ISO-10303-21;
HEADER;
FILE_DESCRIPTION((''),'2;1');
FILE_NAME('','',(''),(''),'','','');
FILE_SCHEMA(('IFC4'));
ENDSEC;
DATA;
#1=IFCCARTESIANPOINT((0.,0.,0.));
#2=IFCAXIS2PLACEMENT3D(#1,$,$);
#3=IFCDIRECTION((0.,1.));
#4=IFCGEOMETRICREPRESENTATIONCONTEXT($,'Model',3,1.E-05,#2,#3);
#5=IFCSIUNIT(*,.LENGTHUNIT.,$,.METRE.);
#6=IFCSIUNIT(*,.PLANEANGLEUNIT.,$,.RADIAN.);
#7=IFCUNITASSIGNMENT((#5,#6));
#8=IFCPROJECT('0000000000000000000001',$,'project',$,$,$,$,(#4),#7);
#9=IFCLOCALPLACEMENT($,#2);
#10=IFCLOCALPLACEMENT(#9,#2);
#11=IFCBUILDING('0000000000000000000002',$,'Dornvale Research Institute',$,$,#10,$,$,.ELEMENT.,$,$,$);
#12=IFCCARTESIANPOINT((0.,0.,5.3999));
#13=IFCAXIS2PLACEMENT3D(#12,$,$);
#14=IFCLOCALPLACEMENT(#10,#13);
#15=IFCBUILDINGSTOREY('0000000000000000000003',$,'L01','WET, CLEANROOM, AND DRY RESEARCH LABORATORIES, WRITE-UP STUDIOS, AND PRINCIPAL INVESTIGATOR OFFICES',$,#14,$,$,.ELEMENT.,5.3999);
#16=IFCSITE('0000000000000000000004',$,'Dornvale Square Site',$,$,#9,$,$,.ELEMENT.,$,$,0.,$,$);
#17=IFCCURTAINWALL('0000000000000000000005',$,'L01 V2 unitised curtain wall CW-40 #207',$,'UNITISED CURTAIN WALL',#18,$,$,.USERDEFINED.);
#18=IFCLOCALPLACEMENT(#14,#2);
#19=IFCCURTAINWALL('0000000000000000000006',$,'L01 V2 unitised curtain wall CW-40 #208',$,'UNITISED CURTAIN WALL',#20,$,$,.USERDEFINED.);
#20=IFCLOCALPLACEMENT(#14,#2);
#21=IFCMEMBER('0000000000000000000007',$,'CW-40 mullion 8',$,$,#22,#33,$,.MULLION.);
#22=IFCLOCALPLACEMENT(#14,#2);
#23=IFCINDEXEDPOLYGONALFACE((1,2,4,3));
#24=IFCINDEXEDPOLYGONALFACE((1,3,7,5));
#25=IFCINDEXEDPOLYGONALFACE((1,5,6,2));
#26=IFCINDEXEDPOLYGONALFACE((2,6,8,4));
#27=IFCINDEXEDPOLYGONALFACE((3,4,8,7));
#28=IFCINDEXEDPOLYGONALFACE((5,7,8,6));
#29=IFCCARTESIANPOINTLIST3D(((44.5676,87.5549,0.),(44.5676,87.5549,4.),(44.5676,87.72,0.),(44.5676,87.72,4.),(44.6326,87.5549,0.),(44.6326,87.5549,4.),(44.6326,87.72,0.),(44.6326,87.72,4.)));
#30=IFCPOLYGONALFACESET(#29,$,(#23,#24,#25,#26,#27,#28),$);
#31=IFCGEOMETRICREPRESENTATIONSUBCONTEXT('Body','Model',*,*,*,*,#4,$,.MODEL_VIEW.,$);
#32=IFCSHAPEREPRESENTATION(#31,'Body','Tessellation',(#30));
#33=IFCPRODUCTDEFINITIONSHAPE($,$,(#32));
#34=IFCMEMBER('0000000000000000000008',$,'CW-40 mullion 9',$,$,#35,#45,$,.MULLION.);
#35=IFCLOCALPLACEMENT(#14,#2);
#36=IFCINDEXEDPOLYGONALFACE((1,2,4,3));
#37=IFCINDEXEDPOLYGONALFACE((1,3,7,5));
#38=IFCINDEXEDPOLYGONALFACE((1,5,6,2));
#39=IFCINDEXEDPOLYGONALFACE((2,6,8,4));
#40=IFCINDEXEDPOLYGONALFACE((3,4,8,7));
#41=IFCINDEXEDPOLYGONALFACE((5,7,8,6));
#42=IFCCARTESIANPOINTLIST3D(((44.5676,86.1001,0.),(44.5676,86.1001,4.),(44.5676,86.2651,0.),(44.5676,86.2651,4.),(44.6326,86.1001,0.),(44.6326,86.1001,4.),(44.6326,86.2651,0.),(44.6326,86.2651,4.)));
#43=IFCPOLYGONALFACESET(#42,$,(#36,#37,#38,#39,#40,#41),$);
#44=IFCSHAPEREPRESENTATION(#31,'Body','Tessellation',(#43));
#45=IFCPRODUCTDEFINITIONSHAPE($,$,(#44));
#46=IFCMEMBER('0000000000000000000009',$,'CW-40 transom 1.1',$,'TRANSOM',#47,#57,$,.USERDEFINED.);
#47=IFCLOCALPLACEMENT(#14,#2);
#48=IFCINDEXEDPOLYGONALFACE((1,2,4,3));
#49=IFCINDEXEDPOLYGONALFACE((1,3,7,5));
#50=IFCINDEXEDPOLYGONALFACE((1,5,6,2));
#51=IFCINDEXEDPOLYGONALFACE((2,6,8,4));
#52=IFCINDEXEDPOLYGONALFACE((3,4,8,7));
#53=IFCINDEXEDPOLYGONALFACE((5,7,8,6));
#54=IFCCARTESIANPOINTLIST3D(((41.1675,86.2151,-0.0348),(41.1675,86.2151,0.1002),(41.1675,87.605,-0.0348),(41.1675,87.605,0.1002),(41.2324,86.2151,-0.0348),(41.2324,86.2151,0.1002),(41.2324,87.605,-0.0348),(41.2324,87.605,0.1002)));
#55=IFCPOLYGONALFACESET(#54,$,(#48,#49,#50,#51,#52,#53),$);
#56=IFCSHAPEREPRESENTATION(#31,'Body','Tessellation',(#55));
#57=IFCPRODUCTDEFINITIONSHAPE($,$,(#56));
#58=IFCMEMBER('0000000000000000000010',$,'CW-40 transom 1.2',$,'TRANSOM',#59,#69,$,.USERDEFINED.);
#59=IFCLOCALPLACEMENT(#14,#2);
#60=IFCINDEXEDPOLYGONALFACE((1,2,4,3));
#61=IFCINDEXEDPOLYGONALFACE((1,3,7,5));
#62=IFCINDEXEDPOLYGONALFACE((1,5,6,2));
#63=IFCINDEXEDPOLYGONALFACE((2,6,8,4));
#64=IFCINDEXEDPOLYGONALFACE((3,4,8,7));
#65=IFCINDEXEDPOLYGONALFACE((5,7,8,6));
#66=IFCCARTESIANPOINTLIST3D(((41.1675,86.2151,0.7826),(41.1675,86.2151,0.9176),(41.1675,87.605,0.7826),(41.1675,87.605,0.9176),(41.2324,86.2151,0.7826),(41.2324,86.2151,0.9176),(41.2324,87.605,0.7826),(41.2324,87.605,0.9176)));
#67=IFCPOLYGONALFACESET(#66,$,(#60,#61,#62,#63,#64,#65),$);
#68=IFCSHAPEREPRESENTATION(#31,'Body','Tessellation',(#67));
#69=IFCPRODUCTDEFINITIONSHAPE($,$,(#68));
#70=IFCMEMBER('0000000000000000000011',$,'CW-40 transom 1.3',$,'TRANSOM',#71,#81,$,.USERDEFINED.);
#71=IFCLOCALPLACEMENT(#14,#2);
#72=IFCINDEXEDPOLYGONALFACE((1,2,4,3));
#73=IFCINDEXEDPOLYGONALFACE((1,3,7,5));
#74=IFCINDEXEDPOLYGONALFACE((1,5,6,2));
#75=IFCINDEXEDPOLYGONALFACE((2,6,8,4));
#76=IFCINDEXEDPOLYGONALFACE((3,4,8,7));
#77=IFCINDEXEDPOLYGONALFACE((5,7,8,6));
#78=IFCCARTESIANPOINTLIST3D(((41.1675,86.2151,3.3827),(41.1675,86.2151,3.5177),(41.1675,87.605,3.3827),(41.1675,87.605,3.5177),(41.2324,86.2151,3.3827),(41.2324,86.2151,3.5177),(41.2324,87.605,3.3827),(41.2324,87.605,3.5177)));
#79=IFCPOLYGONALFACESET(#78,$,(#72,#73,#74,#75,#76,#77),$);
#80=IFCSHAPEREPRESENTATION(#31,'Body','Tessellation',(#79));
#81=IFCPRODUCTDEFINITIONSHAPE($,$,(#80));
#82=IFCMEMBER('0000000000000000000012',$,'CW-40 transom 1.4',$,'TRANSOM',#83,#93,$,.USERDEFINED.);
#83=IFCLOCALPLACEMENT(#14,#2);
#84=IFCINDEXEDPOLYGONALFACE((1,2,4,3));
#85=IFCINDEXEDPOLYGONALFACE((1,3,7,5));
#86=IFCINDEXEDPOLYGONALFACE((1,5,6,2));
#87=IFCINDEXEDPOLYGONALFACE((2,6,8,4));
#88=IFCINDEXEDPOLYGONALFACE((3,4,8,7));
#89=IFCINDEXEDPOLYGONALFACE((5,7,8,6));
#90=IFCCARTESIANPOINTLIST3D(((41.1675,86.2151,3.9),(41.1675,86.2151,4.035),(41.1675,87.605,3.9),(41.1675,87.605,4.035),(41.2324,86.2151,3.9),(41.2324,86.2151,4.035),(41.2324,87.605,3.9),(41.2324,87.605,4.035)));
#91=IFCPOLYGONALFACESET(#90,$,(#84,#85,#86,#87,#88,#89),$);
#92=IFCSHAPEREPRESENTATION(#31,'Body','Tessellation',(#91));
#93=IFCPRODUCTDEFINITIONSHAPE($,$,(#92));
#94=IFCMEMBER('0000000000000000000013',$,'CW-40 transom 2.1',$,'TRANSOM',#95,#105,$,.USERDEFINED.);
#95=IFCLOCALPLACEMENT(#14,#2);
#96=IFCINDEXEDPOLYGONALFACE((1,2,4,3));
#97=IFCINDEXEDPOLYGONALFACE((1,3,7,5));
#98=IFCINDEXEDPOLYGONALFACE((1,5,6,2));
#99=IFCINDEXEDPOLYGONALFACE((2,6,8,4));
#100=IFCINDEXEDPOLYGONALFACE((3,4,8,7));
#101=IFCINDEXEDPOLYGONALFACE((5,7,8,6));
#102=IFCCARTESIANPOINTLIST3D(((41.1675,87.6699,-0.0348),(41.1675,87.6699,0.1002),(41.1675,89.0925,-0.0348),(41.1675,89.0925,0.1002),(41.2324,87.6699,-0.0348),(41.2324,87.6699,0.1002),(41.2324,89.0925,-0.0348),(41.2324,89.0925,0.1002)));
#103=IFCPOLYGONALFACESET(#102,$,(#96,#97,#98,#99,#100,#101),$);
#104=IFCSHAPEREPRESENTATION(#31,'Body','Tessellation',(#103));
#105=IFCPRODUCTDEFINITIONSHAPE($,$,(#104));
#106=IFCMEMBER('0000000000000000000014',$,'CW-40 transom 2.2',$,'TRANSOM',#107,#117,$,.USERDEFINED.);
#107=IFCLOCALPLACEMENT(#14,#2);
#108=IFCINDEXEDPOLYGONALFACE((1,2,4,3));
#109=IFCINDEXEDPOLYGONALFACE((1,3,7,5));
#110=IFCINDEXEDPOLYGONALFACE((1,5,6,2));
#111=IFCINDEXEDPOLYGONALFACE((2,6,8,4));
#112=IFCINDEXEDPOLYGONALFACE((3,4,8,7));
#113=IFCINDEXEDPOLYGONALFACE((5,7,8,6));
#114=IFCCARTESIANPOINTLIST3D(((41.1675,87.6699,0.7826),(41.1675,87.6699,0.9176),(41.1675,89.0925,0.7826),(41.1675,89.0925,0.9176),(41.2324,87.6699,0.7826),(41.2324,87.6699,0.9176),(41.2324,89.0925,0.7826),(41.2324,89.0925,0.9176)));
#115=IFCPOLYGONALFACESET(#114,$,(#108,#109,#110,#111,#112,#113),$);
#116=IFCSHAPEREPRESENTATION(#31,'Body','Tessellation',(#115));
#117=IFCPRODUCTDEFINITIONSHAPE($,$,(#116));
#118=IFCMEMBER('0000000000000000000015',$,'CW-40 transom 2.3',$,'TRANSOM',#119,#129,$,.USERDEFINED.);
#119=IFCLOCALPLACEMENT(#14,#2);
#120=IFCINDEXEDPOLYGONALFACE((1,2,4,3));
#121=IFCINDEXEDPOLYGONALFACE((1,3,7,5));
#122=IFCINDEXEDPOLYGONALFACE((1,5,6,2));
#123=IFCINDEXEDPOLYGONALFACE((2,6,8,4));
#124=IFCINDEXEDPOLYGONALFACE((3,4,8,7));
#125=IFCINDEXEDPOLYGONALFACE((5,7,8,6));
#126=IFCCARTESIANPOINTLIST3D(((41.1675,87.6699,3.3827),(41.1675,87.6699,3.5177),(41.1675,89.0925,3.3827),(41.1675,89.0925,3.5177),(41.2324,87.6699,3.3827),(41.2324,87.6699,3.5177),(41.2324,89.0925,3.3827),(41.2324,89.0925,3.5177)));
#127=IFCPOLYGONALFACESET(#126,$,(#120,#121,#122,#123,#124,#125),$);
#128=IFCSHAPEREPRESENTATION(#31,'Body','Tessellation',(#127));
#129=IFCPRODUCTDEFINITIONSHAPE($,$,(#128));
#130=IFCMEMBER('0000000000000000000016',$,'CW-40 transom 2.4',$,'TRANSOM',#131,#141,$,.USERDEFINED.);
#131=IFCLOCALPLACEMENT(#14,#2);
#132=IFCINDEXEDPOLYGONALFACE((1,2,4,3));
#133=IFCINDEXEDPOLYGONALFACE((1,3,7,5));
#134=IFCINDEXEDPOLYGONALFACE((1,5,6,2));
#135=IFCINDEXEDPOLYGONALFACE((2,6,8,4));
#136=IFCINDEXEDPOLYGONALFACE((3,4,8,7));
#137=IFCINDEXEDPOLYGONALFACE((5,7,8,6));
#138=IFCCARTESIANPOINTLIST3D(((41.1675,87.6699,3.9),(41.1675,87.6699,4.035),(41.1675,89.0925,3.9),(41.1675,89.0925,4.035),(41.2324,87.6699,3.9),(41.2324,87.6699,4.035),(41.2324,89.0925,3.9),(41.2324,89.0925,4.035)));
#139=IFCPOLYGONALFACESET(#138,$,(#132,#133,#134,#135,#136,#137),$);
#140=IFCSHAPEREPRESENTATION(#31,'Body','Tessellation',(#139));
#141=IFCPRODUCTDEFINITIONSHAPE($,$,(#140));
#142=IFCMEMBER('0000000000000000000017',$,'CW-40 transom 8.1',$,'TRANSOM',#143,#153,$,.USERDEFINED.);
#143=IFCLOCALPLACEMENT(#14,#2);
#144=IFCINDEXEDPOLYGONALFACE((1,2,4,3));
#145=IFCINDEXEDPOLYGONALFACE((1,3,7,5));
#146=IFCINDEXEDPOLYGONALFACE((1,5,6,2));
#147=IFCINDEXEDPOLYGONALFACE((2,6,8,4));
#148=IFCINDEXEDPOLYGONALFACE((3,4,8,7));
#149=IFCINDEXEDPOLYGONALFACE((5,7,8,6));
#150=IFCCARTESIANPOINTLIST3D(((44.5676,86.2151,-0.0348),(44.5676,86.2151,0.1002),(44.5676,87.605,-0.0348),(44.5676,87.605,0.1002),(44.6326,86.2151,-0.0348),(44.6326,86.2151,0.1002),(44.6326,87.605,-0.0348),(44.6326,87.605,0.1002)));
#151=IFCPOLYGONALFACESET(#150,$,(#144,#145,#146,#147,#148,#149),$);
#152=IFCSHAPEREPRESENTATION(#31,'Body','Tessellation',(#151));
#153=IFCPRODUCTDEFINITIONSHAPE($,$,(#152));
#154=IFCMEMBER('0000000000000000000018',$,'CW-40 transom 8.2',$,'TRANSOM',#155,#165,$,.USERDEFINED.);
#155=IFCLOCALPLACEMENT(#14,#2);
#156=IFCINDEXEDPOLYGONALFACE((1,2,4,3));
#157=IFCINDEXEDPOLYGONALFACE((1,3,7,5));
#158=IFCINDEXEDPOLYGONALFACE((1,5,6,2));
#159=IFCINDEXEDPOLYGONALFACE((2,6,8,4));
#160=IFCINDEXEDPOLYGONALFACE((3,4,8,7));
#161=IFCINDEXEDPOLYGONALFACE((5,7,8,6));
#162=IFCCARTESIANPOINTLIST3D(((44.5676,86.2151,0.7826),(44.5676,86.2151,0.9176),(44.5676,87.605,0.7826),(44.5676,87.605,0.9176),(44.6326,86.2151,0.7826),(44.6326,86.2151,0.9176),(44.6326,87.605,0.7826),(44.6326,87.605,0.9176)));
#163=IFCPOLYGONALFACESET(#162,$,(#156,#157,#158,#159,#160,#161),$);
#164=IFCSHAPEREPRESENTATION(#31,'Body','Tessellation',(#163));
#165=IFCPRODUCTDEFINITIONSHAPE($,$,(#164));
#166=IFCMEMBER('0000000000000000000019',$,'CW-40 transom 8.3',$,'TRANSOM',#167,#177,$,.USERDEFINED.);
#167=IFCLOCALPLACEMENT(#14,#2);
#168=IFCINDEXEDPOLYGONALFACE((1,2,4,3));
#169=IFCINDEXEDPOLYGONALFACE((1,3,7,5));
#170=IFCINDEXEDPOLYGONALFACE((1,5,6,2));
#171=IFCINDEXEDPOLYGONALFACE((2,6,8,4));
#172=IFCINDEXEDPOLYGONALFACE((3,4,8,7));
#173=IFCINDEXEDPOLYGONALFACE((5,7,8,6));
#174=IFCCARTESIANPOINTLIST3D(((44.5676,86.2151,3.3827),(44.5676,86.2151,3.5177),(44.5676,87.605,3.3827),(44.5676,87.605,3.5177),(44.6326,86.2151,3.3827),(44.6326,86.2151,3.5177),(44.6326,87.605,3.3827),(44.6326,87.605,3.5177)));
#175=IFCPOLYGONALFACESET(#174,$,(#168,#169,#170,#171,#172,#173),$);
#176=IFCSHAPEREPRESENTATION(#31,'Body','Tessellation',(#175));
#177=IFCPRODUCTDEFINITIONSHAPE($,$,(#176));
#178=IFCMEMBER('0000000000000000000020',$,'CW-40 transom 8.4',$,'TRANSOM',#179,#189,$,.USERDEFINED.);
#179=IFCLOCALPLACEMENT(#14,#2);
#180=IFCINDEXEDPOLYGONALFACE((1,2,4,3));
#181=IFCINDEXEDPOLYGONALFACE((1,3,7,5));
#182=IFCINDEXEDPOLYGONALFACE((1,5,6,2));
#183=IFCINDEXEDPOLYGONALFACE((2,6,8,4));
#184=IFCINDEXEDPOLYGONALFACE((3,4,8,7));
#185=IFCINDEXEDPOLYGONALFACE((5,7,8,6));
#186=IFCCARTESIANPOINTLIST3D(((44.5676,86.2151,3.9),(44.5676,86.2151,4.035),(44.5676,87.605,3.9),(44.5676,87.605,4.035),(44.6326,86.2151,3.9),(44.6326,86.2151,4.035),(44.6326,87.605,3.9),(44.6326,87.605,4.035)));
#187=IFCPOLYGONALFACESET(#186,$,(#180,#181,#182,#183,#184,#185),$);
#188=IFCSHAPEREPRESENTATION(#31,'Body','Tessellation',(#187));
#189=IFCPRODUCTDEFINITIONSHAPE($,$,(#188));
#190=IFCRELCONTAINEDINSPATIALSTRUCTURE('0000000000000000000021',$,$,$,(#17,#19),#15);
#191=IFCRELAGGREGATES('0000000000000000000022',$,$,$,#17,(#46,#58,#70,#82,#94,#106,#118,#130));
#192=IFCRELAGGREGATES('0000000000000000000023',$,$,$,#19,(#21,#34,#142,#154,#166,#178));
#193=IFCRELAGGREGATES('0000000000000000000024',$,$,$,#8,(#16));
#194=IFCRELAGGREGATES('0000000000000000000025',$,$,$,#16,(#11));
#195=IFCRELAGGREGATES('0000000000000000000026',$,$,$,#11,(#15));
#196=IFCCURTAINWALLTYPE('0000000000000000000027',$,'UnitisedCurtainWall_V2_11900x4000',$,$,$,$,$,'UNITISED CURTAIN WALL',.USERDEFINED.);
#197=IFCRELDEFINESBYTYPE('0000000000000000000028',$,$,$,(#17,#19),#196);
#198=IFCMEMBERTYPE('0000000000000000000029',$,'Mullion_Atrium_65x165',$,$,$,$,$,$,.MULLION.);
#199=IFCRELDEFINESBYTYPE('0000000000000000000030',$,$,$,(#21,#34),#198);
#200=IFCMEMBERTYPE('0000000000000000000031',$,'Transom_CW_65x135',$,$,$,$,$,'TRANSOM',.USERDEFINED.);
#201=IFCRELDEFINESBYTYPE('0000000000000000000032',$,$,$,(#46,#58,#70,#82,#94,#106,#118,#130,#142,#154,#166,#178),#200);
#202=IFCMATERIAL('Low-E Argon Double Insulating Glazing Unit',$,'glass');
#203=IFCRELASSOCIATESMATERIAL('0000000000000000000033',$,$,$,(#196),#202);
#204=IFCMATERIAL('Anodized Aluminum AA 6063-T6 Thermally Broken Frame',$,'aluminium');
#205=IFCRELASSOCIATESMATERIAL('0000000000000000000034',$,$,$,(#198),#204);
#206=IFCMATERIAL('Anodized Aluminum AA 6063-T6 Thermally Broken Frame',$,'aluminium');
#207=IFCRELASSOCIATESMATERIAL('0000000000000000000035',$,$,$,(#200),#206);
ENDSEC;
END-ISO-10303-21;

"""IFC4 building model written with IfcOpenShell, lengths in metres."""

from ifc_helpers import new_model, si_unit, direction, frame, origin, origin_2d, place, context, subcontext, project, spatial, rectangle, extrude, material, material_profile, profile_set, type_object, element, aggregate, save


model = new_model("IFC4")

# Units and contexts
model_context = context("Model", 3, precision=1e-05, world=origin(), true_north=direction((0.0, 1.0)))
body_context = subcontext(model_context, "Body", "Model", "MODEL_VIEW")
ifc_project = project(units=[si_unit("LENGTHUNIT", "METRE"), si_unit("PLANEANGLEUNIT", "RADIAN")], contexts=[model_context])

# Site, building, storey
site_placement = place(None, origin())
site = spatial("IfcSite", under=ifc_project, at=site_placement, Name="Dornvale Square Site", CompositionType="ELEMENT", RefElevation=0.0)
building_placement = place(site_placement, origin())
building = spatial("IfcBuilding", under=site, at=building_placement, Name="Dornvale Research Institute", CompositionType="ELEMENT")
storey_placement = place(building_placement, frame((0.0, 0.0, 5.3999)))
storey = spatial("IfcBuildingStorey", under=building, at=storey_placement, Name="L01", Description="WET, CLEANROOM, AND DRY RESEARCH LABORATORIES, WRITE-UP STUDIOS, AND PRINCIPAL INVESTIGATOR OFFICES", CompositionType="ELEMENT", Elevation=5.3999)

# Curtain walls, members
ifc_material_1 = material(Name="Low-E Argon Double Insulating Glazing Unit", Category="glass")
curtain_wall_type = type_object("IfcCurtainWallType", Name="UnitisedCurtainWall_V2_11900x4000", ElementType="UNITISED CURTAIN WALL", PredefinedType="USERDEFINED", material=ifc_material_1)
curtain_wall_1_placement = place(storey_placement, origin())
curtain_wall_1 = element("IfcCurtainWall", 1, at=curtain_wall_1_placement, inside=storey, type_object=curtain_wall_type, Name="L01 V2 unitised curtain wall CW-40 #207", ObjectType="UNITISED CURTAIN WALL", PredefinedType="USERDEFINED")
ifc_material_2 = material(Name="Anodized Aluminum AA 6063-T6 Thermally Broken Frame", Category="aluminium")
ifc_material_profile_1 = material_profile(ifc_material_2, rectangle(XDim=0.0649, YDim=0.165, at=origin_2d()), Name="ALU MULLION 65x165")
ifc_profile_set_1 = profile_set([ifc_material_profile_1], Name="Anodized Aluminum AA 6063-T6 Thermally Broken Frame")
member_type_1 = type_object("IfcMemberType", Name="Mullion_Atrium_65x165", PredefinedType="MULLION", material=ifc_profile_set_1)
curtain_wall_2_placement = place(storey_placement, origin())
curtain_wall_2 = element("IfcCurtainWall", 2, at=curtain_wall_2_placement, inside=storey, type_object=curtain_wall_type, Name="L01 V2 unitised curtain wall CW-40 #208", ObjectType="UNITISED CURTAIN WALL", PredefinedType="USERDEFINED")
member_1_placement = place(storey_placement, frame((44.6001, 87.6375, 0.0), z_axis=(0.0, 0.0, 1.0), x_axis=(1.0, 0.0, 0.0)))
member_1 = element("IfcMember", 3, at=member_1_placement, type_object=member_type_1, Name="CW-40 mullion 8", PredefinedType="MULLION", context=body_context, shape_type="SweptSolid", body=[
    extrude(rectangle(XDim=0.0649, YDim=0.165, at=origin_2d()), origin(), (0.0, 0.0, 1.0), 4.0),
])
member_2_placement = place(storey_placement, frame((44.6001, 86.1826, 0.0), z_axis=(0.0, 0.0, 1.0), x_axis=(1.0, 0.0, 0.0)))
member_2 = element("IfcMember", 4, at=member_2_placement, type_object=member_type_1, Name="CW-40 mullion 9", PredefinedType="MULLION", context=body_context, shape_type="SweptSolid", body=[
    extrude(rectangle(XDim=0.0649, YDim=0.165, at=origin_2d()), origin(), (0.0, 0.0, 1.0), 4.0),
])

# Members
ifc_material_3 = material(Name="Anodized Aluminum AA 6063-T6 Thermally Broken Frame", Category="aluminium")
ifc_material_profile_2 = material_profile(ifc_material_3, rectangle(XDim=0.0649, YDim=0.135, at=origin_2d()), Name="ALU TRANSOM 65x135")
ifc_profile_set_2 = profile_set([ifc_material_profile_2], Name="Anodized Aluminum AA 6063-T6 Thermally Broken Frame")
member_type_2 = type_object("IfcMemberType", Name="Transom_CW_65x135", ElementType="TRANSOM", PredefinedType="USERDEFINED", material=ifc_profile_set_2)
member_3_placement = place(storey_placement, frame((41.2, 86.2151, 0.0327), z_axis=(0.0, 1.0, 0.0), x_axis=(-1.0, 0.0, 0.0)))
member_3 = element("IfcMember", 5, at=member_3_placement, type_object=member_type_2, Name="CW-40 transom 1.1", ObjectType="TRANSOM", PredefinedType="USERDEFINED", context=body_context, shape_type="SweptSolid", body=[
    extrude(rectangle(XDim=0.0649, YDim=0.135, at=origin_2d()), origin(), (0.0, 0.0, 1.0), 1.3899),
])
member_4_placement = place(storey_placement, frame((41.2, 86.2151, 0.8501), z_axis=(0.0, 1.0, 0.0), x_axis=(-1.0, 0.0, 0.0)))
member_4 = element("IfcMember", 6, at=member_4_placement, type_object=member_type_2, Name="CW-40 transom 1.2", ObjectType="TRANSOM", PredefinedType="USERDEFINED", context=body_context, shape_type="SweptSolid", body=[
    extrude(rectangle(XDim=0.0649, YDim=0.135, at=origin_2d()), origin(), (0.0, 0.0, 1.0), 1.3899),
])
member_5_placement = place(storey_placement, frame((41.2, 86.2151, 3.4502), z_axis=(0.0, 1.0, 0.0), x_axis=(-1.0, 0.0, 0.0)))
member_5 = element("IfcMember", 7, at=member_5_placement, type_object=member_type_2, Name="CW-40 transom 1.3", ObjectType="TRANSOM", PredefinedType="USERDEFINED", context=body_context, shape_type="SweptSolid", body=[
    extrude(rectangle(XDim=0.0649, YDim=0.135, at=origin_2d()), origin(), (0.0, 0.0, 1.0), 1.3899),
])
member_6_placement = place(storey_placement, frame((41.2, 86.2151, 3.9675), z_axis=(0.0, 1.0, 0.0), x_axis=(-1.0, 0.0, 0.0)))
member_6 = element("IfcMember", 8, at=member_6_placement, type_object=member_type_2, Name="CW-40 transom 1.4", ObjectType="TRANSOM", PredefinedType="USERDEFINED", context=body_context, shape_type="SweptSolid", body=[
    extrude(rectangle(XDim=0.0649, YDim=0.135, at=origin_2d()), origin(), (0.0, 0.0, 1.0), 1.3899),
])
member_7_placement = place(storey_placement, frame((41.2, 87.6699, 0.0327), z_axis=(0.0, 1.0, 0.0), x_axis=(-1.0, 0.0, 0.0)))
member_7 = element("IfcMember", 9, at=member_7_placement, type_object=member_type_2, Name="CW-40 transom 2.1", ObjectType="TRANSOM", PredefinedType="USERDEFINED", context=body_context, shape_type="SweptSolid", body=[
    extrude(rectangle(XDim=0.0649, YDim=0.135, at=origin_2d()), origin(), (0.0, 0.0, 1.0), 1.4226),
])
member_8_placement = place(storey_placement, frame((41.2, 87.6699, 0.8501), z_axis=(0.0, 1.0, 0.0), x_axis=(-1.0, 0.0, 0.0)))
member_8 = element("IfcMember", 10, at=member_8_placement, type_object=member_type_2, Name="CW-40 transom 2.2", ObjectType="TRANSOM", PredefinedType="USERDEFINED", context=body_context, shape_type="SweptSolid", body=[
    extrude(rectangle(XDim=0.0649, YDim=0.135, at=origin_2d()), origin(), (0.0, 0.0, 1.0), 1.4226),
])
member_9_placement = place(storey_placement, frame((41.2, 87.6699, 3.4502), z_axis=(0.0, 1.0, 0.0), x_axis=(-1.0, 0.0, 0.0)))
member_9 = element("IfcMember", 11, at=member_9_placement, type_object=member_type_2, Name="CW-40 transom 2.3", ObjectType="TRANSOM", PredefinedType="USERDEFINED", context=body_context, shape_type="SweptSolid", body=[
    extrude(rectangle(XDim=0.0649, YDim=0.135, at=origin_2d()), origin(), (0.0, 0.0, 1.0), 1.4226),
])
member_10_placement = place(storey_placement, frame((41.2, 87.6699, 3.9675), z_axis=(0.0, 1.0, 0.0), x_axis=(-1.0, 0.0, 0.0)))
member_10 = element("IfcMember", 12, at=member_10_placement, type_object=member_type_2, Name="CW-40 transom 2.4", ObjectType="TRANSOM", PredefinedType="USERDEFINED", context=body_context, shape_type="SweptSolid", body=[
    extrude(rectangle(XDim=0.0649, YDim=0.135, at=origin_2d()), origin(), (0.0, 0.0, 1.0), 1.4226),
])
member_11_placement = place(storey_placement, frame((44.6001, 87.605, 0.0327), z_axis=(0.0, -1.0, 0.0), x_axis=(1.0, 0.0, 0.0)))
member_11 = element("IfcMember", 13, at=member_11_placement, type_object=member_type_2, Name="CW-40 transom 8.1", ObjectType="TRANSOM", PredefinedType="USERDEFINED", context=body_context, shape_type="SweptSolid", body=[
    extrude(rectangle(XDim=0.0649, YDim=0.135, at=origin_2d()), origin(), (0.0, 0.0, 1.0), 1.3899),
])
member_12_placement = place(storey_placement, frame((44.6001, 87.605, 0.8501), z_axis=(0.0, -1.0, 0.0), x_axis=(1.0, 0.0, 0.0)))
member_12 = element("IfcMember", 14, at=member_12_placement, type_object=member_type_2, Name="CW-40 transom 8.2", ObjectType="TRANSOM", PredefinedType="USERDEFINED", context=body_context, shape_type="SweptSolid", body=[
    extrude(rectangle(XDim=0.0649, YDim=0.135, at=origin_2d()), origin(), (0.0, 0.0, 1.0), 1.3899),
])
member_13_placement = place(storey_placement, frame((44.6001, 87.605, 3.4502), z_axis=(0.0, -1.0, 0.0), x_axis=(1.0, 0.0, 0.0)))
member_13 = element("IfcMember", 15, at=member_13_placement, type_object=member_type_2, Name="CW-40 transom 8.3", ObjectType="TRANSOM", PredefinedType="USERDEFINED", context=body_context, shape_type="SweptSolid", body=[
    extrude(rectangle(XDim=0.0649, YDim=0.135, at=origin_2d()), origin(), (0.0, 0.0, 1.0), 1.3899),
])
member_14_placement = place(storey_placement, frame((44.6001, 87.605, 3.9675), z_axis=(0.0, -1.0, 0.0), x_axis=(1.0, 0.0, 0.0)))
member_14 = element("IfcMember", 16, at=member_14_placement, type_object=member_type_2, Name="CW-40 transom 8.4", ObjectType="TRANSOM", PredefinedType="USERDEFINED", context=body_context, shape_type="SweptSolid", body=[
    extrude(rectangle(XDim=0.0649, YDim=0.135, at=origin_2d()), origin(), (0.0, 0.0, 1.0), 1.3899),
])

aggregate(curtain_wall_1, [member_3, member_4, member_5, member_6, member_7, member_8, member_9, member_10])
aggregate(curtain_wall_2, [member_1, member_2, member_11, member_12, member_13, member_14])

save(model, "model.ifc")
